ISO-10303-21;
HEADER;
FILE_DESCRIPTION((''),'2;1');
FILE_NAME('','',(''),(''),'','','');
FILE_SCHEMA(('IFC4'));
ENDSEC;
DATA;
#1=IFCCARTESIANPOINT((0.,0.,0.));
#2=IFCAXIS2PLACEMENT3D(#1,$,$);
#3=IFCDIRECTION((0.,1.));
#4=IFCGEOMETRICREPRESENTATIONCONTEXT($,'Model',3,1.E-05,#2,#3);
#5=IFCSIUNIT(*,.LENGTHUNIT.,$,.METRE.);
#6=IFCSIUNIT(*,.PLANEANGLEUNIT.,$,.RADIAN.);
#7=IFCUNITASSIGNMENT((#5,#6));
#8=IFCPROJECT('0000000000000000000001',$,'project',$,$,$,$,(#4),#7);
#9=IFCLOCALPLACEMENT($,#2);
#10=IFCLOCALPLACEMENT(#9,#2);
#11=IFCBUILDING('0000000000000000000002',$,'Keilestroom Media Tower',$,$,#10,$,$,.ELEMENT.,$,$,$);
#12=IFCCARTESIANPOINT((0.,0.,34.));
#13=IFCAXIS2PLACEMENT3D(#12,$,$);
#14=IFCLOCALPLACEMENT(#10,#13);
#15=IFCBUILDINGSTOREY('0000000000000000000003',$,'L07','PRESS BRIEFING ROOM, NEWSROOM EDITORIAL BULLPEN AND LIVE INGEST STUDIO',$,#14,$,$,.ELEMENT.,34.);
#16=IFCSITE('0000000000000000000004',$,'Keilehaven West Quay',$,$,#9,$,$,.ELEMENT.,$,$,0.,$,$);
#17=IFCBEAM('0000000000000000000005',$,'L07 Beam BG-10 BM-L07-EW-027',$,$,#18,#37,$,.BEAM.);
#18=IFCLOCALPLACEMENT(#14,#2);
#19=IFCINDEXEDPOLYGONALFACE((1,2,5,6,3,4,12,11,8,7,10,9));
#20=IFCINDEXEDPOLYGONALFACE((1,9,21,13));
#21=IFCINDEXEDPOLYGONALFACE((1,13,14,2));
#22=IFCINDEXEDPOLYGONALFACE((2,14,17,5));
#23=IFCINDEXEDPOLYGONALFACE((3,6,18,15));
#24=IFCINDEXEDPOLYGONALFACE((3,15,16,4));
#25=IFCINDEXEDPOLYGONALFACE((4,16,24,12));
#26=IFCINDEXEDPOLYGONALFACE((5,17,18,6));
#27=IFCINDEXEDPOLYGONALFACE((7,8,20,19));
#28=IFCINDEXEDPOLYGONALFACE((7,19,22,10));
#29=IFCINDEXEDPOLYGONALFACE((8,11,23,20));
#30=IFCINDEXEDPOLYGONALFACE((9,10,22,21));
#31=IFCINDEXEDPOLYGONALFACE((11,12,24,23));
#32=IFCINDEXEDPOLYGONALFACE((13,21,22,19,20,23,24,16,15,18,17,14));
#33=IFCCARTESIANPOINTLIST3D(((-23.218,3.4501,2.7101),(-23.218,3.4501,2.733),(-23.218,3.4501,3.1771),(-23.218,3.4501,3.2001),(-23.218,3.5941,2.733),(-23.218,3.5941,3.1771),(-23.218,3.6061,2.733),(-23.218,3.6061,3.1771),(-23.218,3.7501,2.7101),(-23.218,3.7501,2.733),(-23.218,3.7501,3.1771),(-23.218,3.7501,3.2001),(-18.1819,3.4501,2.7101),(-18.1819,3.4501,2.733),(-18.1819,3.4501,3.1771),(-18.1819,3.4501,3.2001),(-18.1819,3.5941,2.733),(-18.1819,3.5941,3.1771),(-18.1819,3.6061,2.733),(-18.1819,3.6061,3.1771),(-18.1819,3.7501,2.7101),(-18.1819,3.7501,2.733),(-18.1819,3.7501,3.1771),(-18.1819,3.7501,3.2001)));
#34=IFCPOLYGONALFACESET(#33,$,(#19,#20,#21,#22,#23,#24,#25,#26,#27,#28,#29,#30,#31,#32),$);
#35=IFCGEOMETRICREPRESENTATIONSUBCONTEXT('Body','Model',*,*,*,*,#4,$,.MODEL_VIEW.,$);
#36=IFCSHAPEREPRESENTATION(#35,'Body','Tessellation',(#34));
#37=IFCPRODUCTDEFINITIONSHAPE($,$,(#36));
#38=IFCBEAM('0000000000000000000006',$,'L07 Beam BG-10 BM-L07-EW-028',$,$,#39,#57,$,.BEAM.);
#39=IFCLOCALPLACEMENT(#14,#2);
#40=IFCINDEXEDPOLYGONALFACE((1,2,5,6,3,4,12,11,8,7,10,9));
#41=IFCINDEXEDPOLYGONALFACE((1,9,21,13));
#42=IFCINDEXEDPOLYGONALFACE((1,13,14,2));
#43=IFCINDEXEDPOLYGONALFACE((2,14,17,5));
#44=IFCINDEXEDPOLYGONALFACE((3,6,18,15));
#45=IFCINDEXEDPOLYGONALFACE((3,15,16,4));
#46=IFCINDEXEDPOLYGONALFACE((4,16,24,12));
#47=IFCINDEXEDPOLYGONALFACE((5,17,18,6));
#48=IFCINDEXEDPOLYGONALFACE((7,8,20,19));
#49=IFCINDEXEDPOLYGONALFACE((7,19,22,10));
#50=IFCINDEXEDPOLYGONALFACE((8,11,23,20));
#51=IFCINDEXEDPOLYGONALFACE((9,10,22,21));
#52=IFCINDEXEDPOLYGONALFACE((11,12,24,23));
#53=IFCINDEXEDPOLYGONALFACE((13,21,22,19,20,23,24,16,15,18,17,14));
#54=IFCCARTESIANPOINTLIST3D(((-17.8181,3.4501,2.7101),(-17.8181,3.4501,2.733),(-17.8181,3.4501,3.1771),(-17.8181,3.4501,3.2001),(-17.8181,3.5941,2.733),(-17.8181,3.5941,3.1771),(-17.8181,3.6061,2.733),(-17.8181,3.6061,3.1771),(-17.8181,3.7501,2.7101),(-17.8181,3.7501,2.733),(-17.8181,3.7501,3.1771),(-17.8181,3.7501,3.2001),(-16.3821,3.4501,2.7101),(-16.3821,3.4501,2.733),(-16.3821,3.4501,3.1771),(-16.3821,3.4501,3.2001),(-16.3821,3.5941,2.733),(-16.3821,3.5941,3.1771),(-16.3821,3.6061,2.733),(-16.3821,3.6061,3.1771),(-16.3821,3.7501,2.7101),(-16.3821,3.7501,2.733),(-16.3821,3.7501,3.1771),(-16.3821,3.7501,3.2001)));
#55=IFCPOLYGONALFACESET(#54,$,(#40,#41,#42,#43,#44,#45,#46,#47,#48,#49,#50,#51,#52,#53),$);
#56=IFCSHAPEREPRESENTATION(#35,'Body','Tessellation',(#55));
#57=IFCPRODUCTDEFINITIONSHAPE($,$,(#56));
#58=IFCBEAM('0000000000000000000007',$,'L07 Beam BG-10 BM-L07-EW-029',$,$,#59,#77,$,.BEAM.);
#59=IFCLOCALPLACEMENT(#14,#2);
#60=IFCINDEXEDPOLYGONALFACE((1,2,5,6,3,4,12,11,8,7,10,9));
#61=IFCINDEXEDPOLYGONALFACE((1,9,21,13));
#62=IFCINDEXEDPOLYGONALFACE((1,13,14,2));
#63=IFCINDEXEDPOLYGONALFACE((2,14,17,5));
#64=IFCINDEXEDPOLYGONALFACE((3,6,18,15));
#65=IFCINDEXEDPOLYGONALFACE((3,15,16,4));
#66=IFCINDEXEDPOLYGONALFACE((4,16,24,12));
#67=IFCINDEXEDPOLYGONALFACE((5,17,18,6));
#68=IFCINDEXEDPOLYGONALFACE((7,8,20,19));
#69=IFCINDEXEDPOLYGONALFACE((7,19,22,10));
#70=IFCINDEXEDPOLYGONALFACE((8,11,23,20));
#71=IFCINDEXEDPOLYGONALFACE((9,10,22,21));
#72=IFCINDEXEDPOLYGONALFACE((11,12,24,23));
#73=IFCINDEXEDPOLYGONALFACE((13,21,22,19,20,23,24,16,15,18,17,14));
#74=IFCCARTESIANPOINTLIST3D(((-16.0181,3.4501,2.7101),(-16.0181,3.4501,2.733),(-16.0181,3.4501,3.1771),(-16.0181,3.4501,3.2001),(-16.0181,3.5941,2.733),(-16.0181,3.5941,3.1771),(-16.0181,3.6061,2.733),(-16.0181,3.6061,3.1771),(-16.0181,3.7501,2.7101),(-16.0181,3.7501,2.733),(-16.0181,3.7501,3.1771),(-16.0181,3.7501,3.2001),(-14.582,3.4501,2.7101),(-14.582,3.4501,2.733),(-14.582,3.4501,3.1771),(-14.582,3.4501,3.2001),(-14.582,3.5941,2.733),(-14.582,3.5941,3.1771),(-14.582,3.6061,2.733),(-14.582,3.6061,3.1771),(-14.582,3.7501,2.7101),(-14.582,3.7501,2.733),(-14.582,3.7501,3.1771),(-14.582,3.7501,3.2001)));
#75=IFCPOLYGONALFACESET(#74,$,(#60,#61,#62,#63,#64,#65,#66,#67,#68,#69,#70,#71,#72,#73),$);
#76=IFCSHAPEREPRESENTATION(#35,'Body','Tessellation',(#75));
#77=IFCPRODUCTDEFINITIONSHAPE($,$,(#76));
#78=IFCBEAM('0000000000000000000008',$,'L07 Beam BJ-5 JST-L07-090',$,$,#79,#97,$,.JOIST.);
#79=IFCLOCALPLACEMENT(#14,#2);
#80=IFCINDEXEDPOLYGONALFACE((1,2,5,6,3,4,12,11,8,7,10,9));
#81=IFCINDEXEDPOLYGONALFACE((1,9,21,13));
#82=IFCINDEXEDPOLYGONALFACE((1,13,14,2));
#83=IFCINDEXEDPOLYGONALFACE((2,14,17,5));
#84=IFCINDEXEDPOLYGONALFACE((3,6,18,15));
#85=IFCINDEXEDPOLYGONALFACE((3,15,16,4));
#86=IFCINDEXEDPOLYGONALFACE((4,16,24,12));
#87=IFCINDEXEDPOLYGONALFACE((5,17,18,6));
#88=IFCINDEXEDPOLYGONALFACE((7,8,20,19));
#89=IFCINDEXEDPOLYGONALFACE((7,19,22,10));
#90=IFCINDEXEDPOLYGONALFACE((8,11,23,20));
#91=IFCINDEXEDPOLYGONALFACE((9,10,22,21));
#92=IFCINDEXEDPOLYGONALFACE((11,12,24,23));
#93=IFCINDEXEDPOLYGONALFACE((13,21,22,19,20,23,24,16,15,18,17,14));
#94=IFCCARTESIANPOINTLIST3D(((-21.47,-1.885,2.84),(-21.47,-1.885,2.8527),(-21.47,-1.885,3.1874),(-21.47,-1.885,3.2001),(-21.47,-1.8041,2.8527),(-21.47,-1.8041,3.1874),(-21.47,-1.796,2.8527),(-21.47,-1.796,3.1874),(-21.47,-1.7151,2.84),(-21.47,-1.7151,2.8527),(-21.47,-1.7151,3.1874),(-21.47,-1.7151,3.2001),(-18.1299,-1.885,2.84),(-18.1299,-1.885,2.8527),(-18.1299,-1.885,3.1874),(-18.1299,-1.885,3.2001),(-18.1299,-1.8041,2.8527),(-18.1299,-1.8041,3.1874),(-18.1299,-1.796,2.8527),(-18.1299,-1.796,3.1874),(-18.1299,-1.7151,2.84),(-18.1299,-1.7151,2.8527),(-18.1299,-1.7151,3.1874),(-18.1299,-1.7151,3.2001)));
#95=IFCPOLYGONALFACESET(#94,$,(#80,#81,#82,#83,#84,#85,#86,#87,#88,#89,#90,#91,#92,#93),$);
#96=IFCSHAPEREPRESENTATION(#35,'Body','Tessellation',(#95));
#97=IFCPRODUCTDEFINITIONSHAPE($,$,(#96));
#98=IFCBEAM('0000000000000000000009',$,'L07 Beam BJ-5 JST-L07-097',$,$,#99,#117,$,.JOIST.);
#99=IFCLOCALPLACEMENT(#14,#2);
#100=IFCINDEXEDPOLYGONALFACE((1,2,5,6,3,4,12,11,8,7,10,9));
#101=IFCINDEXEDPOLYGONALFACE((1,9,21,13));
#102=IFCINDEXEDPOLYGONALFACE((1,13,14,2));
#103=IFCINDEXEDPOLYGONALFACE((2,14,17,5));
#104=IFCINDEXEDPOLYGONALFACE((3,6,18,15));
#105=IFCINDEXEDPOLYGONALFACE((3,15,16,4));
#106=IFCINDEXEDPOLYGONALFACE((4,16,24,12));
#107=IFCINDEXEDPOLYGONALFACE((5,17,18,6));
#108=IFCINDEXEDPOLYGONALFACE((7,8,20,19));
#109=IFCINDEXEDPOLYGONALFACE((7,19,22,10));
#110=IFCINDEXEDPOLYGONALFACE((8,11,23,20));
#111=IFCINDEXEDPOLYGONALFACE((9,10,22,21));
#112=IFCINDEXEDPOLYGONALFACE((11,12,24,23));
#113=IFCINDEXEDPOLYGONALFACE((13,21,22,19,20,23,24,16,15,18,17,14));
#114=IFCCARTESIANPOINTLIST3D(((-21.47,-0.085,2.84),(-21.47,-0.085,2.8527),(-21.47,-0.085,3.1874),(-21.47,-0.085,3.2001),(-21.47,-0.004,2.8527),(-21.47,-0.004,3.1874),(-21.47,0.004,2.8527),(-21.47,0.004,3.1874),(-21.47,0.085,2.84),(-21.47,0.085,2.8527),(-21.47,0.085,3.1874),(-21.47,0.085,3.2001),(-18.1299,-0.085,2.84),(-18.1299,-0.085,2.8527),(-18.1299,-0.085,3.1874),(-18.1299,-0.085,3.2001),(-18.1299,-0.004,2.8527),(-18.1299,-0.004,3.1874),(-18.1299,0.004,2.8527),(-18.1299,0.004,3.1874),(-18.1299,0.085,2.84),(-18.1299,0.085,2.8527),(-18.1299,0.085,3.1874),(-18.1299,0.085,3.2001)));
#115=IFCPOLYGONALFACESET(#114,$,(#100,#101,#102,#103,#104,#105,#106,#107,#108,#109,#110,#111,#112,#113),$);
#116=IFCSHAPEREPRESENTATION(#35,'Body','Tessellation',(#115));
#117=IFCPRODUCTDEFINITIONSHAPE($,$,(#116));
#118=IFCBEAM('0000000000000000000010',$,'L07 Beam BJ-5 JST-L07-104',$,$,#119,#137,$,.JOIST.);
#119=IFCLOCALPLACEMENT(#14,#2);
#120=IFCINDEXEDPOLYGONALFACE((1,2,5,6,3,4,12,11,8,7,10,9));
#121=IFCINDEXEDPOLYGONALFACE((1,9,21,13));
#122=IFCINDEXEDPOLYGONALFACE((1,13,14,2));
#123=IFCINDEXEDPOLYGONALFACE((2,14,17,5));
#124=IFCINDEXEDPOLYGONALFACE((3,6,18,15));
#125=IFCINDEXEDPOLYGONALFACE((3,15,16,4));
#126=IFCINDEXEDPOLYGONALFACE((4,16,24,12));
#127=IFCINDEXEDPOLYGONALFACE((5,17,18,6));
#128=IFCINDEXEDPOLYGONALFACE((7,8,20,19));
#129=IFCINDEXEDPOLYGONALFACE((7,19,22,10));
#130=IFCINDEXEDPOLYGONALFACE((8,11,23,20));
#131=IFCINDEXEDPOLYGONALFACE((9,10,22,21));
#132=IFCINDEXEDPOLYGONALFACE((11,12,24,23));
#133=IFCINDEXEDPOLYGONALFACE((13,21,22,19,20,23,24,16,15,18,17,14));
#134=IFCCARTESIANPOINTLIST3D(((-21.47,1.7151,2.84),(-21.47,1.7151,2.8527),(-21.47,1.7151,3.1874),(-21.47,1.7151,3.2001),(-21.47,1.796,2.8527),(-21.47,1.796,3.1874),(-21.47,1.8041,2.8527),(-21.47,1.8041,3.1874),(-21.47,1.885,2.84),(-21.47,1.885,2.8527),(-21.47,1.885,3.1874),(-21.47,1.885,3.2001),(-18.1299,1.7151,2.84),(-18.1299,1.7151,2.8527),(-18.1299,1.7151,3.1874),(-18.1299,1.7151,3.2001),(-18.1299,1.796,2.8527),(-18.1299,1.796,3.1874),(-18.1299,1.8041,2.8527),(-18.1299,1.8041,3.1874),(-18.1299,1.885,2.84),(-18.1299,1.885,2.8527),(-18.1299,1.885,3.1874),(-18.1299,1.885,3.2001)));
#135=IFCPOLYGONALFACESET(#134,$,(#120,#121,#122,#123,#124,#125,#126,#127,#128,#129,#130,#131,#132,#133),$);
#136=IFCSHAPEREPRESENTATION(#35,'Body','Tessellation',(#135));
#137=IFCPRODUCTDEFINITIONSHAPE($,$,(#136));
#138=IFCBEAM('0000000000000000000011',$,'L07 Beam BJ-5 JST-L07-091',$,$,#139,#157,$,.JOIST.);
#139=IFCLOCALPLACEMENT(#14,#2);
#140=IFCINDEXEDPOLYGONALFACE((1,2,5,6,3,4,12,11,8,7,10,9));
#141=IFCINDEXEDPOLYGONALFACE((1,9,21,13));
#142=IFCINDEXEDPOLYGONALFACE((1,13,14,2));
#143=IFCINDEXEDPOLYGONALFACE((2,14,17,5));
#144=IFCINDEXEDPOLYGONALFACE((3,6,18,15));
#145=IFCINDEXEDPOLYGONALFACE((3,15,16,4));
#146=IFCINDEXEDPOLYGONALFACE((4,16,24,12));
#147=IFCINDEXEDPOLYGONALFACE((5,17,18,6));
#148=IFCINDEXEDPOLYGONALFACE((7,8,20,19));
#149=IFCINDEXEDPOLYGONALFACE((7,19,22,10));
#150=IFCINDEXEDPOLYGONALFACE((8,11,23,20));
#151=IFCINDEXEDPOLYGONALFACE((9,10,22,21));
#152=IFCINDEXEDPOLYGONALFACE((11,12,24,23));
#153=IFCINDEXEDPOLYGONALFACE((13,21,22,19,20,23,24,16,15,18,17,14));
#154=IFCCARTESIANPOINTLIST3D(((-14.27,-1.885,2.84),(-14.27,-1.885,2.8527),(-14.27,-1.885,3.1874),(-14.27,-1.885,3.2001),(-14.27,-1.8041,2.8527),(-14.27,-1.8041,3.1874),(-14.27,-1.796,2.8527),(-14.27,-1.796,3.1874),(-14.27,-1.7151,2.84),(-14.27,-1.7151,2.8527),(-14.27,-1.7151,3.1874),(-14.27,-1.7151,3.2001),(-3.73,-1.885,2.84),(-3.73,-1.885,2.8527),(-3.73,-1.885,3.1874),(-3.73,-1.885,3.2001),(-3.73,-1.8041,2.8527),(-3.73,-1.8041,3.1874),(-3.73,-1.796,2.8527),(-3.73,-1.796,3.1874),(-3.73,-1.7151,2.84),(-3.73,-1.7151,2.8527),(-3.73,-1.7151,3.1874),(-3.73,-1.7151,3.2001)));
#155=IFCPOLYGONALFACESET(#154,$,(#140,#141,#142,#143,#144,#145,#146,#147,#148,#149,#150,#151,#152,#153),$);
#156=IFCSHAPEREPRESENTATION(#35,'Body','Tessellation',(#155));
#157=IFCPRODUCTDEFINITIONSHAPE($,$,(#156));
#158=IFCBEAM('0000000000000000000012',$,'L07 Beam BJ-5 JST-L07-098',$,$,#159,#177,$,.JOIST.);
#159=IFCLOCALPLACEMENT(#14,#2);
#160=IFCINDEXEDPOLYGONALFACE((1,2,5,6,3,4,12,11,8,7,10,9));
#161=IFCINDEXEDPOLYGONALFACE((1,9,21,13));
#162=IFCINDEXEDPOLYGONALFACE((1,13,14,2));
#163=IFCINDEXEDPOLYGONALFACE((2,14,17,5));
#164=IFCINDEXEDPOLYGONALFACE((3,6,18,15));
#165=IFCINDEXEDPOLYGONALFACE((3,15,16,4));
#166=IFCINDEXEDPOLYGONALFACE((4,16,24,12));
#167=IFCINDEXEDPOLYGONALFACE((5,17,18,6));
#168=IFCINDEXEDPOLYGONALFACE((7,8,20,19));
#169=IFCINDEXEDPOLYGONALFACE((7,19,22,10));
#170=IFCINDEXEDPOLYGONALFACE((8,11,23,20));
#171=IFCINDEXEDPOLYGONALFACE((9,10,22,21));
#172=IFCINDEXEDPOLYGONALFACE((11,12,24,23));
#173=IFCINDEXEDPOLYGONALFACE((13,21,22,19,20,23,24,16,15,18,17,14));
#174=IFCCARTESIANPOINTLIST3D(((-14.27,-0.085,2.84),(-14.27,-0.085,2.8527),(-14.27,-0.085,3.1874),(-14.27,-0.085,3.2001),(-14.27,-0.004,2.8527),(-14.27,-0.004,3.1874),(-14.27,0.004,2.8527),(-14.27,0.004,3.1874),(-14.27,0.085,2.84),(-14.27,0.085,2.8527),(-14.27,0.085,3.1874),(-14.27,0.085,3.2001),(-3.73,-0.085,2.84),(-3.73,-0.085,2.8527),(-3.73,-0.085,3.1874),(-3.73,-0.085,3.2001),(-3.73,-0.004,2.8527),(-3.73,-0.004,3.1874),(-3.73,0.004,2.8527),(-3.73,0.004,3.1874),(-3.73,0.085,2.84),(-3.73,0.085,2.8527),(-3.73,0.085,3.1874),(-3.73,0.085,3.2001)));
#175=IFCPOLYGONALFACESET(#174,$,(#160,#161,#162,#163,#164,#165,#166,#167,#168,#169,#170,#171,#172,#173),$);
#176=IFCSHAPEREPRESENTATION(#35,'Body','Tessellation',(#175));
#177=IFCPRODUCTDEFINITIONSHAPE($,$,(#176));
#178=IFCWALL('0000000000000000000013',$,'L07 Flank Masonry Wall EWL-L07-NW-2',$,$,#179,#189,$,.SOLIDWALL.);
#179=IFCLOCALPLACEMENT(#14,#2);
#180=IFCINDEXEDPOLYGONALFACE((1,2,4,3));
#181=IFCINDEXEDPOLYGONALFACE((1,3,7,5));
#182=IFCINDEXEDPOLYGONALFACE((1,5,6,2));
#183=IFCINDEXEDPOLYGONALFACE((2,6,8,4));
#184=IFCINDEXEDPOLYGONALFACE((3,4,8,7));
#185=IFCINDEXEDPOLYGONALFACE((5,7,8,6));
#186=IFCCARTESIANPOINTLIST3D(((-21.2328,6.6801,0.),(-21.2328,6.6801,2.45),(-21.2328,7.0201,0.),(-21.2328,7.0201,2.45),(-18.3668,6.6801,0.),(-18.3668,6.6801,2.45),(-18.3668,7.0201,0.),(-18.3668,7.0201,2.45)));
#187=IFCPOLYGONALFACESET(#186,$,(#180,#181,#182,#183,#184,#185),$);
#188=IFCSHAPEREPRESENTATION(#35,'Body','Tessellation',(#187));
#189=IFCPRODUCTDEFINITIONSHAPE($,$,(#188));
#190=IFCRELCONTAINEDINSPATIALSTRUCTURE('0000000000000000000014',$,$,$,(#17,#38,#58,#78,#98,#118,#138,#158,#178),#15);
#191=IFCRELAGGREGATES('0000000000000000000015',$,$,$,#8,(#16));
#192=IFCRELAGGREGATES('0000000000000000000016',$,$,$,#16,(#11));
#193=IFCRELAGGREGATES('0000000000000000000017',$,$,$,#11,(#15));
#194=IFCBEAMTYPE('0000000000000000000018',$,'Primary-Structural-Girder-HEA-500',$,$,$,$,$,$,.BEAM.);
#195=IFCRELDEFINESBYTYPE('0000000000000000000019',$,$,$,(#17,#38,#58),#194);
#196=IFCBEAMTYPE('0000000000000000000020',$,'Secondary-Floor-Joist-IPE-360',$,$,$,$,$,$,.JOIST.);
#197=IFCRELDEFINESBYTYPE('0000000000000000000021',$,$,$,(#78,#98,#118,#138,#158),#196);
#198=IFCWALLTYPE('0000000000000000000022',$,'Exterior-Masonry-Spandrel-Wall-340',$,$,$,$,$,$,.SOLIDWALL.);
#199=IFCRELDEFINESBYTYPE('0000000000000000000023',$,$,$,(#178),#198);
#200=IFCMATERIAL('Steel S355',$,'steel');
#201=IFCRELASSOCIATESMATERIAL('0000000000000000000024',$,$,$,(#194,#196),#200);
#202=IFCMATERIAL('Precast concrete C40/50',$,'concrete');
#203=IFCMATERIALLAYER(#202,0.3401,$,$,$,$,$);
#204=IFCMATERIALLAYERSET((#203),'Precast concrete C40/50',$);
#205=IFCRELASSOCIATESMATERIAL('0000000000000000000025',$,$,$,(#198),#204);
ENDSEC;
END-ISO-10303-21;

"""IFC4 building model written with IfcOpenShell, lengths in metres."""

from ifc_helpers import new_model, si_unit, direction, frame, frame_2d, origin, origin_2d, place, context, subcontext, project, spatial, rectangle, i_section, extrude, source, transform, mapped, material, layer, layer_set, material_profile, profile_set, type_object, element, save


model = new_model("IFC4")

# Units and contexts
model_context = context("Model", 3, precision=1e-05, world=origin(), true_north=direction((0.0, 1.0)))
body_context = subcontext(model_context, "Body", "Model", "MODEL_VIEW")
ifc_project = project(units=[si_unit("LENGTHUNIT", "METRE"), si_unit("PLANEANGLEUNIT", "RADIAN")], contexts=[model_context])

# Site, building, storey
site_placement = place(None, origin())
site = spatial("IfcSite", under=ifc_project, at=site_placement, Name="Keilehaven West Quay", CompositionType="ELEMENT", RefElevation=0.0)
building_placement = place(site_placement, origin())
building = spatial("IfcBuilding", under=site, at=building_placement, Name="Keilestroom Media Tower", CompositionType="ELEMENT")
storey_placement = place(building_placement, frame((0.0, 0.0, 34.0)))
storey = spatial("IfcBuildingStorey", under=building, at=storey_placement, Name="L07", Description="PRESS BRIEFING ROOM, NEWSROOM EDITORIAL BULLPEN AND LIVE INGEST STUDIO", CompositionType="ELEMENT", Elevation=34.0)

# Shared definitions
ifc_material_1 = material(Name="Precast concrete C40/50", Category="concrete")

# Beams
ifc_material_2 = material(Name="Steel S355", Category="steel")
ifc_material_profile_1 = material_profile(ifc_material_2, i_section(OverallWidth=0.3, OverallDepth=0.49, WebThickness=0.012, FlangeThickness=0.0229, at=origin_2d()), Name="HEA 500")
ifc_profile_set_1 = profile_set([ifc_material_profile_1], Name="Steel S355")
beam_type_1 = type_object("IfcBeamType", Name="Primary-Structural-Girder-HEA-500", PredefinedType="BEAM", material=ifc_profile_set_1)
shared_shape_1 = source(origin(), body_context, "Body", "SweptSolid", [
    extrude(i_section(OverallWidth=0.3, OverallDepth=0.49, WebThickness=0.012, FlangeThickness=0.0229, at=origin_2d()), origin(), (0.0, 0.0, 1.0), 5.0361),
])
beam_placement = place(storey_placement, frame((-23.218, 3.6001, 2.9551), z_axis=(1.0, 0.0, 0.0), x_axis=(0.0, 1.0, 0.0)))
element("IfcBeam", 1, at=beam_placement, inside=storey, type_object=beam_type_1, Name="L07 Beam BG-10 BM-L07-EW-027", PredefinedType="BEAM", context=body_context, shape_type="MappedRepresentation", body=[
    mapped(shared_shape_1, transform((0.0, 0.0, 0.0), x_axis=(1.0, 0.0, 0.0), y_axis=(0.0, 1.0, 0.0), z_axis=(0.0, 0.0, 1.0), scale=1.0)),
])
shared_shape_2 = source(origin(), body_context, "Body", "SweptSolid", [
    extrude(i_section(OverallWidth=0.3, OverallDepth=0.49, WebThickness=0.012, FlangeThickness=0.0229, at=origin_2d()), origin(), (0.0, 0.0, 1.0), 1.436),
])
for number, where, z_axis, x_axis, name in (
    (2, (-17.8181, 3.6001, 2.9551), (1.0, 0.0, 0.0), (0.0, 1.0, 0.0), "L07 Beam BG-10 BM-L07-EW-028"),
    (3, (-16.0181, 3.6001, 2.9551), (1.0, 0.0, 0.0), (0.0, 1.0, 0.0), "L07 Beam BG-10 BM-L07-EW-029"),
):
    element("IfcBeam", number, at=place(storey_placement, frame(where, z_axis=z_axis, x_axis=x_axis)), inside=storey, type_object=beam_type_1, Name=name, PredefinedType="BEAM", context=body_context, shape_type="MappedRepresentation", body=[
        mapped(shared_shape_2, transform((0.0, 0.0, 0.0), x_axis=(1.0, 0.0, 0.0), y_axis=(0.0, 1.0, 0.0), z_axis=(0.0, 0.0, 1.0), scale=1.0)),
    ])
ifc_material_profile_2 = material_profile(ifc_material_2, i_section(OverallWidth=0.1699, OverallDepth=0.3601, WebThickness=0.0081, FlangeThickness=0.0127, at=origin_2d()), Name="IPE 360")
ifc_profile_set_2 = profile_set([ifc_material_profile_2], Name="Steel S355")
beam_type_2 = type_object("IfcBeamType", Name="Secondary-Floor-Joist-IPE-360", PredefinedType="JOIST", material=ifc_profile_set_2)
shared_shape_3 = source(origin(), body_context, "Body", "SweptSolid", [
    extrude(i_section(OverallWidth=0.1699, OverallDepth=0.3601, WebThickness=0.0081, FlangeThickness=0.0127, at=origin_2d()), origin(), (0.0, 0.0, 1.0), 3.3401),
])
for number, where, z_axis, x_axis, name in (
    (4, (-21.47, -1.8, 3.02), (1.0, 0.0, 0.0), (0.0, 1.0, 0.0), "L07 Beam BJ-5 JST-L07-090"),
    (5, (-21.47, 0.0, 3.02), (1.0, 0.0, 0.0), (0.0, 1.0, 0.0), "L07 Beam BJ-5 JST-L07-097"),
    (6, (-21.47, 1.8, 3.02), (1.0, 0.0, 0.0), (0.0, 1.0, 0.0), "L07 Beam BJ-5 JST-L07-104"),
):
    element("IfcBeam", number, at=place(storey_placement, frame(where, z_axis=z_axis, x_axis=x_axis)), inside=storey, type_object=beam_type_2, Name=name, PredefinedType="JOIST", context=body_context, shape_type="MappedRepresentation", body=[
        mapped(shared_shape_3, transform((0.0, 0.0, 0.0), x_axis=(1.0, 0.0, 0.0), y_axis=(0.0, 1.0, 0.0), z_axis=(0.0, 0.0, 1.0), scale=1.0)),
    ])
shared_shape_4 = source(origin(), body_context, "Body", "SweptSolid", [
    extrude(i_section(OverallWidth=0.1699, OverallDepth=0.3601, WebThickness=0.0081, FlangeThickness=0.0127, at=origin_2d()), origin(), (0.0, 0.0, 1.0), 10.54),
])
for number, where, z_axis, x_axis, name in (
    (7, (-14.27, -1.8, 3.02), (1.0, 0.0, 0.0), (0.0, 1.0, 0.0), "L07 Beam BJ-5 JST-L07-091"),
    (8, (-14.27, 0.0, 3.02), (1.0, 0.0, 0.0), (0.0, 1.0, 0.0), "L07 Beam BJ-5 JST-L07-098"),
):
    element("IfcBeam", number, at=place(storey_placement, frame(where, z_axis=z_axis, x_axis=x_axis)), inside=storey, type_object=beam_type_2, Name=name, PredefinedType="JOIST", context=body_context, shape_type="MappedRepresentation", body=[
        mapped(shared_shape_4, transform((0.0, 0.0, 0.0), x_axis=(1.0, 0.0, 0.0), y_axis=(0.0, 1.0, 0.0), z_axis=(0.0, 0.0, 1.0), scale=1.0)),
    ])

# Wall
ifc_layer_1 = layer(ifc_material_1, 0.3401)
ifc_layer_set_1 = layer_set([ifc_layer_1], Name="Precast concrete C40/50")
wall_type_1 = type_object("IfcWallType", Name="Exterior-Masonry-Spandrel-Wall-340", PredefinedType="SOLIDWALL", material=ifc_layer_set_1)
for number, where, z_axis, x_axis, name in (
    (9, (-21.2329, 6.8501, 0.0), (0.0, 0.0, 1.0), (1.0, 0.0, 0.0), "L07 Flank Masonry Wall EWL-L07-NW-2"),
):
    element("IfcWall", number, at=place(storey_placement, frame(where, z_axis=z_axis, x_axis=x_axis)), inside=storey, type_object=wall_type_1, Name=name, PredefinedType="SOLIDWALL", context=body_context, shape_type="SweptSolid", body=[
        extrude(rectangle(XDim=2.866, YDim=0.3401, at=frame_2d((1.4331, 0.0))), origin(), (0.0, 0.0, 1.0), 2.45),
    ])

save(model, "model.ifc")
